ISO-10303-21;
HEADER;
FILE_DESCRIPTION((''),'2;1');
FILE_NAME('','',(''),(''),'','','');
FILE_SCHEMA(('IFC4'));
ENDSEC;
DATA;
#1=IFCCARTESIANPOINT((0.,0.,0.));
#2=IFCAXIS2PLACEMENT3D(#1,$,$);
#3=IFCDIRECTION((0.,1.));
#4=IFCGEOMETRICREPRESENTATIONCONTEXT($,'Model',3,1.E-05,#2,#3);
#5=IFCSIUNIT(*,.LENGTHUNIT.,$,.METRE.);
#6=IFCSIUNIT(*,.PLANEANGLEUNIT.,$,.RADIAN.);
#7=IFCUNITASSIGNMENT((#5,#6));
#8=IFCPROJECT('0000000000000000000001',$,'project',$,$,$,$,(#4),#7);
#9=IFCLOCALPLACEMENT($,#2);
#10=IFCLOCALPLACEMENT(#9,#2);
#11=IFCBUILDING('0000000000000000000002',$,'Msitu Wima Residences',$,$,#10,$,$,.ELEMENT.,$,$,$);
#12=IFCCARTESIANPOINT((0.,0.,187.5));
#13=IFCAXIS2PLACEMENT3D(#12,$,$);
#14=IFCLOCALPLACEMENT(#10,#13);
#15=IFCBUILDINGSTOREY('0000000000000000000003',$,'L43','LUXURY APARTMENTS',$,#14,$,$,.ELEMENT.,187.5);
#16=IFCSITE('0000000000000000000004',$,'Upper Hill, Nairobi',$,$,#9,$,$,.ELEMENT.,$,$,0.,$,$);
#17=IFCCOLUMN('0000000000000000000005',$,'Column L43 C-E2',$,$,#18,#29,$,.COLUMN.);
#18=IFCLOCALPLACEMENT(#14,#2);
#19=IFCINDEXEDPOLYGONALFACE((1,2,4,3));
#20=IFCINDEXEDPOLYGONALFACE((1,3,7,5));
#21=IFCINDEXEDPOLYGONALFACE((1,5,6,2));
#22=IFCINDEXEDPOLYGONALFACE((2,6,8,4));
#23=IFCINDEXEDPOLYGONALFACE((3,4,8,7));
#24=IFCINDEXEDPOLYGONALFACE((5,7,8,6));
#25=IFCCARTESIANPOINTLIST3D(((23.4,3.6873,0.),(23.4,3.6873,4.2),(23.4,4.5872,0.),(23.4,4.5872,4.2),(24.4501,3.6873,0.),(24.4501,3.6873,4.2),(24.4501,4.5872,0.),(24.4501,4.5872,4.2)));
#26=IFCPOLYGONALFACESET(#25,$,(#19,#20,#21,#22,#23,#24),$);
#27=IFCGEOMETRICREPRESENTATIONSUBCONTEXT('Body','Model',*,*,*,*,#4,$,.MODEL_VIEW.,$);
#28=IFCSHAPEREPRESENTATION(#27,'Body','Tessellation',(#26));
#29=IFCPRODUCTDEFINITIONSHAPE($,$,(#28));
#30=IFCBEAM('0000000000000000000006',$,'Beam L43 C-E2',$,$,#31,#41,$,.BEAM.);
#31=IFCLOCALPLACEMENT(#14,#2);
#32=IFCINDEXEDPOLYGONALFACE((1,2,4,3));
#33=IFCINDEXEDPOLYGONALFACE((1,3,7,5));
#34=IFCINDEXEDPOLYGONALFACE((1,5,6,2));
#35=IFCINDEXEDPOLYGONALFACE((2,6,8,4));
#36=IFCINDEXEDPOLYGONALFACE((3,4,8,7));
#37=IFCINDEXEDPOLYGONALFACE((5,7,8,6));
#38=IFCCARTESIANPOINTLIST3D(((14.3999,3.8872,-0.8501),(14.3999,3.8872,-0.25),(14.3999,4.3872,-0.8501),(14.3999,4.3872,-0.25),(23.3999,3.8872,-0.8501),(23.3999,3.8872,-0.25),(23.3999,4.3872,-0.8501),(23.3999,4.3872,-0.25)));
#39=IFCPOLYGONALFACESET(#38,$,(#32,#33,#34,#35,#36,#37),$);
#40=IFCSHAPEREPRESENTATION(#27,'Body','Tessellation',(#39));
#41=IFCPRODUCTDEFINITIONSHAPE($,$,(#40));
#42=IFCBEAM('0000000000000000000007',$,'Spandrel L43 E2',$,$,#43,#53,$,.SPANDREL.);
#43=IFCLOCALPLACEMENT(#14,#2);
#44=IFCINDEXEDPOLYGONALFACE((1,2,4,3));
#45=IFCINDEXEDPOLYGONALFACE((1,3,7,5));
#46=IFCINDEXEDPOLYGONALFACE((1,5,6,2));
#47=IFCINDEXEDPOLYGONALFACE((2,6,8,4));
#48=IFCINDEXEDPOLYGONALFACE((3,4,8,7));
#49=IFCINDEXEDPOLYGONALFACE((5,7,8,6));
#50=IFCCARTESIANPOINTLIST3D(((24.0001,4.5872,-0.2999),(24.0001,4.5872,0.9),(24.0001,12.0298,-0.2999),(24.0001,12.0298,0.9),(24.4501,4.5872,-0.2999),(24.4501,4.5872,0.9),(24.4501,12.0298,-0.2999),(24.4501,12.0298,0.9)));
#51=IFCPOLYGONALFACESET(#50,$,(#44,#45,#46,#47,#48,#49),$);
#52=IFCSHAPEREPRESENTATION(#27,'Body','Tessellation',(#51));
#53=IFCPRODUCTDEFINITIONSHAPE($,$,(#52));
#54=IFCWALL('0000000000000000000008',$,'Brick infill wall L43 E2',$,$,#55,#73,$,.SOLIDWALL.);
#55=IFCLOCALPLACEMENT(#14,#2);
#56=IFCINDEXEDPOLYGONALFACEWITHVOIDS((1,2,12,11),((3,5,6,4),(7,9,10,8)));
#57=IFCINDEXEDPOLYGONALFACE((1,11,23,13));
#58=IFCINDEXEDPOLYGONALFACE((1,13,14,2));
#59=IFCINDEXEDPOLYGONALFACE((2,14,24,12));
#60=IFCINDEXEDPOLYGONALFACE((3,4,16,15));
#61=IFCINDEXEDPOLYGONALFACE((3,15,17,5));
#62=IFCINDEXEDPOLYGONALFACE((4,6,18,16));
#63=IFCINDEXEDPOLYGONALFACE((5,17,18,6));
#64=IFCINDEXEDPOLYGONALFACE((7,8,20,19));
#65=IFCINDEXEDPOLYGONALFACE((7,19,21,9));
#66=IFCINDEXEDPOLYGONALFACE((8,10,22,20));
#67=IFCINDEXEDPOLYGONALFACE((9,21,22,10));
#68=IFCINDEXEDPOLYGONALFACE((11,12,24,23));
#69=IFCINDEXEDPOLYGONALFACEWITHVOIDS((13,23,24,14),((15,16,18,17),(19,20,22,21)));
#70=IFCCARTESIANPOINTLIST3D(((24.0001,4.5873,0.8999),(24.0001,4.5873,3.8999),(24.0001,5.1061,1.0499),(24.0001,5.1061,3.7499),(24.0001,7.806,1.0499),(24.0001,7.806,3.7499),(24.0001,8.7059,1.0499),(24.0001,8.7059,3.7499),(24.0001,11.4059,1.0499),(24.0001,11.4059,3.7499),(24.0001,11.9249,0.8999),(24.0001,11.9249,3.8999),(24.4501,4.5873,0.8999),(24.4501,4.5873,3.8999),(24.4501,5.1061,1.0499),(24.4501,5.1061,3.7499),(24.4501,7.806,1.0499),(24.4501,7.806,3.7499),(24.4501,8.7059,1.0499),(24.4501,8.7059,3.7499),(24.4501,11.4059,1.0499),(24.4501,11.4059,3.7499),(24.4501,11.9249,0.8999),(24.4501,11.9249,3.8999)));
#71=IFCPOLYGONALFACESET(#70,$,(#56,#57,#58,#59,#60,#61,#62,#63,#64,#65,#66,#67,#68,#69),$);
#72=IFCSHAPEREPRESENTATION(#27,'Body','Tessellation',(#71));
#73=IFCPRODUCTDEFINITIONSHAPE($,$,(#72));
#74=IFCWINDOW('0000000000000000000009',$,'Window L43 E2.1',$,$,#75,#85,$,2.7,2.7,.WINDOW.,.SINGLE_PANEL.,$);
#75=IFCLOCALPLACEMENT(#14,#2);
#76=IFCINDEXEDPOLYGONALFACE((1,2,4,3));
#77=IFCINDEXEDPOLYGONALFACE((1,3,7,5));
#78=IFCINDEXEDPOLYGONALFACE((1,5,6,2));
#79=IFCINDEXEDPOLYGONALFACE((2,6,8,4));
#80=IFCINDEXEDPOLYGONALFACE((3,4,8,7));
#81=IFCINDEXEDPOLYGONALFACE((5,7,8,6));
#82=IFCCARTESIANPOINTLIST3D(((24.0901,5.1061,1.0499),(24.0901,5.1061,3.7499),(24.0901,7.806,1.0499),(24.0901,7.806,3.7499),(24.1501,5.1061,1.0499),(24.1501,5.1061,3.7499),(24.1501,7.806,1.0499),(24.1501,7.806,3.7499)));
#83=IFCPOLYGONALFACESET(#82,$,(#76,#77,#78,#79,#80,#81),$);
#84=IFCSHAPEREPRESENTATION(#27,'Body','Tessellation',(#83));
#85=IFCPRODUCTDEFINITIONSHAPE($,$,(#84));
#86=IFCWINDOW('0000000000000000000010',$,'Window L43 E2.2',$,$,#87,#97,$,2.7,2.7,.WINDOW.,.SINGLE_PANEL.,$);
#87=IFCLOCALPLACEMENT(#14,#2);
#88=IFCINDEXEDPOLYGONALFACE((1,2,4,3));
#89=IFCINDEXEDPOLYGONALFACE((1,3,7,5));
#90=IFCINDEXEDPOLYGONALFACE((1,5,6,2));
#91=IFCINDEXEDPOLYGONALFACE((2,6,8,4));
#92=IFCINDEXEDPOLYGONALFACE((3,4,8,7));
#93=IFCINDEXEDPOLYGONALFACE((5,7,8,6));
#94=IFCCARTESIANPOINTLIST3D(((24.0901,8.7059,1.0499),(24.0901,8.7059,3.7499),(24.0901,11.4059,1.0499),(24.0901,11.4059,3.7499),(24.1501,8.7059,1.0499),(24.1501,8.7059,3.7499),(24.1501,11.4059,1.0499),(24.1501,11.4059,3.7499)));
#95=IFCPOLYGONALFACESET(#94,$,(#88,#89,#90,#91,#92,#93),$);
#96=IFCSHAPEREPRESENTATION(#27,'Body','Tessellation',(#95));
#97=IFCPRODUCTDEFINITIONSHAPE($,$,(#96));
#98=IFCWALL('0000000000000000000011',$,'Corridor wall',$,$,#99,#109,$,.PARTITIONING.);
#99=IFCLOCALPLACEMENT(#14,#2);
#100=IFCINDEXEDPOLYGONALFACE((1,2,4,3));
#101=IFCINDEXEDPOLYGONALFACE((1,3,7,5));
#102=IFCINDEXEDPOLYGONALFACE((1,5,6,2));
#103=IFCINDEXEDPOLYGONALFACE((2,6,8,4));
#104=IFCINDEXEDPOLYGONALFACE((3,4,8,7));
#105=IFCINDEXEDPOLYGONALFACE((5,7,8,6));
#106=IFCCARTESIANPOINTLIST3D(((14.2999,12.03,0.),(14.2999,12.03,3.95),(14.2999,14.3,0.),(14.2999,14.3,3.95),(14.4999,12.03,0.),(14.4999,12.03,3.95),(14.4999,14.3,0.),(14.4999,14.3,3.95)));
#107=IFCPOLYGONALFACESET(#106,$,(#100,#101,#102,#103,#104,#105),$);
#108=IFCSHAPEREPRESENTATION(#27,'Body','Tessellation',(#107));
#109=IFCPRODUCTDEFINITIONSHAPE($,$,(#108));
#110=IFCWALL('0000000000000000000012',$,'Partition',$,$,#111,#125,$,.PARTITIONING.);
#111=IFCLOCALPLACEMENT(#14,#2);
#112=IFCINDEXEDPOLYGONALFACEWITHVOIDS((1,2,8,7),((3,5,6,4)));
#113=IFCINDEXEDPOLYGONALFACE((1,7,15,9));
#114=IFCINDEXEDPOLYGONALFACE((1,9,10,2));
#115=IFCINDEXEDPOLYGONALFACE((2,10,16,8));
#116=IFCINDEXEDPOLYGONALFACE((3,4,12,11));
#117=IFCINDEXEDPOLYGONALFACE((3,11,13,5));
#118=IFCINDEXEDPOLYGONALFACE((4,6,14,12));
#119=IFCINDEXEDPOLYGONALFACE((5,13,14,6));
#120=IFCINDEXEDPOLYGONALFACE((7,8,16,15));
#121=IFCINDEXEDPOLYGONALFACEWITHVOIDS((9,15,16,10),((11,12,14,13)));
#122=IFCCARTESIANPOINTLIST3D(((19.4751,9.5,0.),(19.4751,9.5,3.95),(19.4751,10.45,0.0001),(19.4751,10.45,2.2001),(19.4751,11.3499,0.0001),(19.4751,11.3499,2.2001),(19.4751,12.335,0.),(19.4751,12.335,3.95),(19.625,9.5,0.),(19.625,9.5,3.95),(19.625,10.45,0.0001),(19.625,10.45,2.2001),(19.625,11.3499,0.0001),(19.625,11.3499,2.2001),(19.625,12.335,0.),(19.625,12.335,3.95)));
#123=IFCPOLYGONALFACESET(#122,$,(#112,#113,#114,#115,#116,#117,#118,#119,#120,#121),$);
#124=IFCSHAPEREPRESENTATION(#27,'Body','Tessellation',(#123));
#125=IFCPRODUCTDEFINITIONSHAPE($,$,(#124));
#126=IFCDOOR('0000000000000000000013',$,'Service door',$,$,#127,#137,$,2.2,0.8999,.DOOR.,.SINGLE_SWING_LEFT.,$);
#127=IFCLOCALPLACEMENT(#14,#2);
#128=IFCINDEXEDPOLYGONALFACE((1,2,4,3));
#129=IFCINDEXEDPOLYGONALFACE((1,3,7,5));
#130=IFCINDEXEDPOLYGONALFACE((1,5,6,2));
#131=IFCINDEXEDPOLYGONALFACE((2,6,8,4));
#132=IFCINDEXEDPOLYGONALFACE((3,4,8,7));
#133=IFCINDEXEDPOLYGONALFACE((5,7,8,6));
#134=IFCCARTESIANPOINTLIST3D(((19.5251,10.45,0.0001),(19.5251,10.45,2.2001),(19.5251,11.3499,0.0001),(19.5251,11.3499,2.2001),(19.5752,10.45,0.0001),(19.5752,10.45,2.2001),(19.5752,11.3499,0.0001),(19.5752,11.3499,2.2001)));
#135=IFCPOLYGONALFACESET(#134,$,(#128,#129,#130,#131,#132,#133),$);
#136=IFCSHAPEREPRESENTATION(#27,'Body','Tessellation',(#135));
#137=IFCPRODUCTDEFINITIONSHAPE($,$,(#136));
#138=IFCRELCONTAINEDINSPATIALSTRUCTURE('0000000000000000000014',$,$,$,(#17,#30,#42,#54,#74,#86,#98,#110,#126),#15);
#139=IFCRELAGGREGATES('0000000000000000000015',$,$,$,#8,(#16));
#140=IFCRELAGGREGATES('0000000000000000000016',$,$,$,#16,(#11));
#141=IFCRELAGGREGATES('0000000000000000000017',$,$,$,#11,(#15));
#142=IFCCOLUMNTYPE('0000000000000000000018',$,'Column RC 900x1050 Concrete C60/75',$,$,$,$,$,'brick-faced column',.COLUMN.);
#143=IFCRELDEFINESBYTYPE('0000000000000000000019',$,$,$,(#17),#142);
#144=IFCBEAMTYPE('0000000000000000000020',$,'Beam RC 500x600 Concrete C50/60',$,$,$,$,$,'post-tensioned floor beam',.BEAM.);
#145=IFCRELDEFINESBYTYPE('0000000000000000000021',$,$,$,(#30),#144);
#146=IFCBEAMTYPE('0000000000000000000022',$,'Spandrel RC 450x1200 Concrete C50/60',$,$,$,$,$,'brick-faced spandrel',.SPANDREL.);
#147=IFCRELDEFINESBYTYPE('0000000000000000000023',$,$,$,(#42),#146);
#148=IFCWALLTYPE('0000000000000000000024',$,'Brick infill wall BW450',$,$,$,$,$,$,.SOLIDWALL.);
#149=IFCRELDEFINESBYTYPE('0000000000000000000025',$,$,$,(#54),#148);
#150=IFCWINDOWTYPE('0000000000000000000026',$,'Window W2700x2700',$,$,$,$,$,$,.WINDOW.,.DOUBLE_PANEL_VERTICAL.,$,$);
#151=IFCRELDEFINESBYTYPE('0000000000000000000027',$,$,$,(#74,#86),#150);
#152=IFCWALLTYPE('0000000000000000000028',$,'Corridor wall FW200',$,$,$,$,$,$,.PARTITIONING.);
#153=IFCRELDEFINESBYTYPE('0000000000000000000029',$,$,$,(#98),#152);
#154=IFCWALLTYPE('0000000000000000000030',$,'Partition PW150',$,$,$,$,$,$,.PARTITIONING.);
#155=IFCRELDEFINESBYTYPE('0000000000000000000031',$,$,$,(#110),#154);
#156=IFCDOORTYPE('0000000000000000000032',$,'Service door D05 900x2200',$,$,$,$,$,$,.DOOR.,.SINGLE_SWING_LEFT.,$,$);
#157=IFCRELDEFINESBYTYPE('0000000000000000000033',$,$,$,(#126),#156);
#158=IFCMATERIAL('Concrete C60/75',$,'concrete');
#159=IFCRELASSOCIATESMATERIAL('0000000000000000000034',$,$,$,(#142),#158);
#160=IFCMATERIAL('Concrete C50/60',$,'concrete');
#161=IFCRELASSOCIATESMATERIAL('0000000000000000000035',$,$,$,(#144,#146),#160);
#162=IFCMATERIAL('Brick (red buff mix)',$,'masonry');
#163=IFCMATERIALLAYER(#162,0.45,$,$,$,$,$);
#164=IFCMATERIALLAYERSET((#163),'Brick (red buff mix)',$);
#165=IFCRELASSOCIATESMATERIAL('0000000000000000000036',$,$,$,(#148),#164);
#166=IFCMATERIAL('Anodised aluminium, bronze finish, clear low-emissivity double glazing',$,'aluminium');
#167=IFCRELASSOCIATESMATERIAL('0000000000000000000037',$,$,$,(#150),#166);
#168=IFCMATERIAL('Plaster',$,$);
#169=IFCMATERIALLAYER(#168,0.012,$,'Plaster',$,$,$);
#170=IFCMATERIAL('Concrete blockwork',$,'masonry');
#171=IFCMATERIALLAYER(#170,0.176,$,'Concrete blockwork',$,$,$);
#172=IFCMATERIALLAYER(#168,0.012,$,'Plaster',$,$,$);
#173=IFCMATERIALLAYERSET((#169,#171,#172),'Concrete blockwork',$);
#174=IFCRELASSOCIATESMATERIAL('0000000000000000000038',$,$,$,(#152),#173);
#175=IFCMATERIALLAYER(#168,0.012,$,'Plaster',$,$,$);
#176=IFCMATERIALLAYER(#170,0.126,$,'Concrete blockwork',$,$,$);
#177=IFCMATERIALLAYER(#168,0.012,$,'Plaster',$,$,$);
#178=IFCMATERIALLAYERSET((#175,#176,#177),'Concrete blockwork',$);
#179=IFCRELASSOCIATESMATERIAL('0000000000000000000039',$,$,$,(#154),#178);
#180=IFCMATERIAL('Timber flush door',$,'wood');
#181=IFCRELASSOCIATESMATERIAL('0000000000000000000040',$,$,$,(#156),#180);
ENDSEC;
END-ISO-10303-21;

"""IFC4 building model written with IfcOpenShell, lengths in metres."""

from ifc_helpers import new_model, si_unit, direction, frame, frame_2d, origin, origin_2d, place, context, subcontext, project, spatial, rectangle, extrude, material, layer, layer_set, material_profile, profile_set, type_object, element, fill, save


model = new_model("IFC4")

# Units and contexts
model_context = context("Model", 3, precision=1e-05, world=origin(), true_north=direction((0.0, 1.0)))
body_context = subcontext(model_context, "Body", "Model", "MODEL_VIEW")
ifc_project = project(units=[si_unit("LENGTHUNIT", "METRE"), si_unit("PLANEANGLEUNIT", "RADIAN")], contexts=[model_context])

# Site, building, storey
site_placement = place(None, origin())
site = spatial("IfcSite", under=ifc_project, at=site_placement, Name="Upper Hill, Nairobi", CompositionType="ELEMENT", RefElevation=0.0)
building_placement = place(site_placement, origin())
building = spatial("IfcBuilding", under=site, at=building_placement, Name="Msitu Wima Residences", CompositionType="ELEMENT")
storey_placement = place(building_placement, frame((0.0, 0.0, 187.5)))
storey = spatial("IfcBuildingStorey", under=building, at=storey_placement, Name="L43", Description="LUXURY APARTMENTS", CompositionType="ELEMENT", Elevation=187.5)

# Column
ifc_material_1 = material(Name="Concrete C60/75", Category="concrete")
ifc_material_profile_1 = material_profile(ifc_material_1, rectangle(XDim=0.8999, YDim=1.05, at=origin_2d()), Name="RC 900x1050")
ifc_profile_set_1 = profile_set([ifc_material_profile_1], Name="Concrete C60/75")
column_type = type_object("IfcColumnType", Name="Column RC 900x1050 Concrete C60/75", ElementType="brick-faced column", PredefinedType="COLUMN", material=ifc_profile_set_1)
column_placement = place(storey_placement, frame((23.925, 4.1372, 0.0), z_axis=(0.0, 0.0, 1.0), x_axis=(0.0, 1.0, 0.0)))
element("IfcColumn", 1, at=column_placement, inside=storey, type_object=column_type, Name="Column L43 C-E2", PredefinedType="COLUMN", context=body_context, shape_type="SweptSolid", body=[
    extrude(rectangle(XDim=0.8999, YDim=1.05, at=origin_2d()), origin(), (0.0, 0.0, 1.0), 4.2),
])

# Beams
ifc_material_2 = material(Name="Concrete C50/60", Category="concrete")
ifc_material_profile_2 = material_profile(ifc_material_2, rectangle(XDim=0.5, YDim=0.6001, at=origin_2d()), Name="RC 500x600")
ifc_profile_set_2 = profile_set([ifc_material_profile_2], Name="Concrete C50/60")
beam_type_1 = type_object("IfcBeamType", Name="Beam RC 500x600 Concrete C50/60", ElementType="post-tensioned floor beam", PredefinedType="BEAM", material=ifc_profile_set_2)
beam_1_placement = place(storey_placement, frame((23.3999, 4.1372, -0.55), z_axis=(-1.0, 0.0, 0.0), x_axis=(0.0, -1.0, 0.0)))
element("IfcBeam", 2, at=beam_1_placement, inside=storey, type_object=beam_type_1, Name="Beam L43 C-E2", PredefinedType="BEAM", context=body_context, shape_type="SweptSolid", body=[
    extrude(rectangle(XDim=0.5, YDim=0.6001, at=origin_2d()), origin(), (0.0, 0.0, 1.0), 9.0),
])
ifc_material_profile_3 = material_profile(ifc_material_2, rectangle(XDim=0.45, YDim=1.2, at=origin_2d()), Name="RC 450x1200")
ifc_profile_set_3 = profile_set([ifc_material_profile_3], Name="Concrete C50/60")
beam_type_2 = type_object("IfcBeamType", Name="Spandrel RC 450x1200 Concrete C50/60", ElementType="brick-faced spandrel", PredefinedType="SPANDREL", material=ifc_profile_set_3)
beam_2_placement = place(storey_placement, frame((24.2251, 4.5872, 0.3), z_axis=(0.0, 1.0, 0.0), x_axis=(-1.0, 0.0, 0.0)))
element("IfcBeam", 3, at=beam_2_placement, inside=storey, type_object=beam_type_2, Name="Spandrel L43 E2", PredefinedType="SPANDREL", context=body_context, shape_type="SweptSolid", body=[
    extrude(rectangle(XDim=0.45, YDim=1.2, at=origin_2d()), origin(), (0.0, 0.0, 1.0), 7.4426),
])

# Wall, openings, windows
ifc_material_3 = material(Name="Brick (red buff mix)", Category="masonry")
ifc_layer_1 = layer(ifc_material_3, 0.45)
ifc_layer_set_1 = layer_set([ifc_layer_1], Name="Brick (red buff mix)")
wall_type_1 = type_object("IfcWallType", Name="Brick infill wall BW450", PredefinedType="SOLIDWALL", material=ifc_layer_set_1)
wall_1_placement = place(storey_placement, frame((24.2251, 4.5872, 0.8999), z_axis=(0.0, 0.0, 1.0), x_axis=(0.0, 1.0, 0.0)))
wall_1 = element("IfcWall", 4, at=wall_1_placement, inside=storey, type_object=wall_type_1, Name="Brick infill wall L43 E2", PredefinedType="SOLIDWALL", context=body_context, shape_type="SweptSolid", body=[
    extrude(rectangle(XDim=7.3376, YDim=0.45, at=frame_2d((3.6689, 0.0))), origin(), (0.0, 0.0, 1.0), 3.0),
])
opening_1_placement = place(wall_1_placement, frame((0.5188, 0.0, 0.1499)))
opening_1 = element("IfcOpeningElement", 5, at=opening_1_placement, cuts=wall_1, PredefinedType="OPENING", context=body_context, shape_type="SweptSolid", body=[
    extrude(rectangle(XDim=2.7, YDim=2.7, at=frame_2d((1.3501, 1.3501))), frame((0.0, 0.2349, 0.0), z_axis=(0.0, -1.0, 0.0), x_axis=(1.0, 0.0, 0.0)), (0.0, 0.0, 1.0), 0.47),
])
opening_2_placement = place(wall_1_placement, frame((4.1187, 0.0, 0.1499)))
opening_2 = element("IfcOpeningElement", 6, at=opening_2_placement, cuts=wall_1, PredefinedType="OPENING", context=body_context, shape_type="SweptSolid", body=[
    extrude(rectangle(XDim=2.7, YDim=2.7, at=frame_2d((1.3501, 1.3501))), frame((0.0, 0.2349, 0.0), z_axis=(0.0, -1.0, 0.0), x_axis=(1.0, 0.0, 0.0)), (0.0, 0.0, 1.0), 0.47),
])
ifc_material_4 = material(Name="Anodised aluminium, bronze finish, clear low-emissivity double glazing", Category="aluminium")
window_type = type_object("IfcWindowType", Name="Window W2700x2700", PartitioningType="DOUBLE_PANEL_VERTICAL", PredefinedType="WINDOW", material=ifc_material_4)
window_1_placement = place(opening_1_placement, origin())
window_1 = element("IfcWindow", 7, at=window_1_placement, inside=storey, type_object=window_type, Name="Window L43 E2.1", OverallHeight=2.7, OverallWidth=2.7, PartitioningType="SINGLE_PANEL", PredefinedType="WINDOW", context=body_context, shape_type="SweptSolid", body=[
    extrude(rectangle(XDim=2.7, YDim=2.7, at=frame_2d((1.3501, 1.3501))), frame((0.0, 0.135, 0.0), z_axis=(0.0, -1.0, 0.0), x_axis=(1.0, 0.0, 0.0)), (0.0, 0.0, 1.0), 0.0601),
])
fill(opening_1, window_1)
window_2_placement = place(opening_2_placement, origin())
window_2 = element("IfcWindow", 8, at=window_2_placement, inside=storey, type_object=window_type, Name="Window L43 E2.2", OverallHeight=2.7, OverallWidth=2.7, PartitioningType="SINGLE_PANEL", PredefinedType="WINDOW", context=body_context, shape_type="SweptSolid", body=[
    extrude(rectangle(XDim=2.7, YDim=2.7, at=frame_2d((1.3501, 1.3501))), frame((0.0, 0.135, 0.0), z_axis=(0.0, -1.0, 0.0), x_axis=(1.0, 0.0, 0.0)), (0.0, 0.0, 1.0), 0.0601),
])
fill(opening_2, window_2)

# Wall
ifc_material_5 = material(Name="Plaster")
ifc_layer_2 = layer(ifc_material_5, 0.012, Name="Plaster")
ifc_material_6 = material(Name="Concrete blockwork", Category="masonry")
ifc_layer_3 = layer(ifc_material_6, 0.176, Name="Concrete blockwork")
ifc_layer_4 = layer(ifc_material_5, 0.012, Name="Plaster")
ifc_layer_set_2 = layer_set([ifc_layer_2, ifc_layer_3, ifc_layer_4], Name="Concrete blockwork")
wall_type_2 = type_object("IfcWallType", Name="Corridor wall FW200", PredefinedType="PARTITIONING", material=ifc_layer_set_2)
wall_2_placement = place(storey_placement, frame((14.3999, 12.03, 0.0), z_axis=(0.0, 0.0, 1.0), x_axis=(0.0, 1.0, 0.0)))
element("IfcWall", 9, at=wall_2_placement, inside=storey, type_object=wall_type_2, Name="Corridor wall", PredefinedType="PARTITIONING", context=body_context, shape_type="SweptSolid", body=[
    extrude(rectangle(XDim=2.27, YDim=0.2, at=frame_2d((1.135, 0.0))), origin(), (0.0, 0.0, 1.0), 3.95),
])

# Wall, opening, door
ifc_layer_5 = layer(ifc_material_5, 0.012, Name="Plaster")
ifc_layer_6 = layer(ifc_material_6, 0.126, Name="Concrete blockwork")
ifc_layer_7 = layer(ifc_material_5, 0.012, Name="Plaster")
ifc_layer_set_3 = layer_set([ifc_layer_5, ifc_layer_6, ifc_layer_7], Name="Concrete blockwork")
wall_type_3 = type_object("IfcWallType", Name="Partition PW150", PredefinedType="PARTITIONING", material=ifc_layer_set_3)
wall_3_placement = place(storey_placement, frame((19.55, 9.5, 0.0), z_axis=(0.0, 0.0, 1.0), x_axis=(0.0, 1.0, 0.0)))
wall_3 = element("IfcWall", 10, at=wall_3_placement, inside=storey, type_object=wall_type_3, Name="Partition", PredefinedType="PARTITIONING", context=body_context, shape_type="SweptSolid", body=[
    extrude(rectangle(XDim=2.835, YDim=0.1499, at=frame_2d((1.4175, 0.0))), origin(), (0.0, 0.0, 1.0), 3.95),
])
opening_3_placement = place(wall_3_placement, frame((0.95, 0.0, 0.0)))
opening_3 = element("IfcOpeningElement", 11, at=opening_3_placement, cuts=wall_3, PredefinedType="OPENING", context=body_context, shape_type="SweptSolid", body=[
    extrude(rectangle(XDim=0.8999, YDim=2.2, at=frame_2d((0.45, 1.1001))), frame((0.0, 0.085, 0.0), z_axis=(0.0, -1.0, 0.0), x_axis=(1.0, 0.0, 0.0)), (0.0, 0.0, 1.0), 0.1699),
])
ifc_material_7 = material(Name="Timber flush door", Category="wood")
door_type_1 = type_object("IfcDoorType", Name="Service door D05 900x2200", OperationType="SINGLE_SWING_LEFT", PredefinedType="DOOR", material=ifc_material_7)
door_1_placement = place(opening_3_placement, origin())
door_1 = element("IfcDoor", 12, at=door_1_placement, inside=storey, type_object=door_type_1, Name="Service door", OperationType="SINGLE_SWING_LEFT", OverallHeight=2.2, OverallWidth=0.8999, PredefinedType="DOOR", context=body_context, shape_type="SweptSolid", body=[
    extrude(rectangle(XDim=0.8999, YDim=2.2, at=frame_2d((0.45, 1.1001))), frame((0.0, 0.0249, 0.0), z_axis=(0.0, -1.0, 0.0), x_axis=(1.0, 0.0, 0.0)), (0.0, 0.0, 1.0), 0.05),
])
fill(opening_3, door_1)

save(model, "model.ifc")
